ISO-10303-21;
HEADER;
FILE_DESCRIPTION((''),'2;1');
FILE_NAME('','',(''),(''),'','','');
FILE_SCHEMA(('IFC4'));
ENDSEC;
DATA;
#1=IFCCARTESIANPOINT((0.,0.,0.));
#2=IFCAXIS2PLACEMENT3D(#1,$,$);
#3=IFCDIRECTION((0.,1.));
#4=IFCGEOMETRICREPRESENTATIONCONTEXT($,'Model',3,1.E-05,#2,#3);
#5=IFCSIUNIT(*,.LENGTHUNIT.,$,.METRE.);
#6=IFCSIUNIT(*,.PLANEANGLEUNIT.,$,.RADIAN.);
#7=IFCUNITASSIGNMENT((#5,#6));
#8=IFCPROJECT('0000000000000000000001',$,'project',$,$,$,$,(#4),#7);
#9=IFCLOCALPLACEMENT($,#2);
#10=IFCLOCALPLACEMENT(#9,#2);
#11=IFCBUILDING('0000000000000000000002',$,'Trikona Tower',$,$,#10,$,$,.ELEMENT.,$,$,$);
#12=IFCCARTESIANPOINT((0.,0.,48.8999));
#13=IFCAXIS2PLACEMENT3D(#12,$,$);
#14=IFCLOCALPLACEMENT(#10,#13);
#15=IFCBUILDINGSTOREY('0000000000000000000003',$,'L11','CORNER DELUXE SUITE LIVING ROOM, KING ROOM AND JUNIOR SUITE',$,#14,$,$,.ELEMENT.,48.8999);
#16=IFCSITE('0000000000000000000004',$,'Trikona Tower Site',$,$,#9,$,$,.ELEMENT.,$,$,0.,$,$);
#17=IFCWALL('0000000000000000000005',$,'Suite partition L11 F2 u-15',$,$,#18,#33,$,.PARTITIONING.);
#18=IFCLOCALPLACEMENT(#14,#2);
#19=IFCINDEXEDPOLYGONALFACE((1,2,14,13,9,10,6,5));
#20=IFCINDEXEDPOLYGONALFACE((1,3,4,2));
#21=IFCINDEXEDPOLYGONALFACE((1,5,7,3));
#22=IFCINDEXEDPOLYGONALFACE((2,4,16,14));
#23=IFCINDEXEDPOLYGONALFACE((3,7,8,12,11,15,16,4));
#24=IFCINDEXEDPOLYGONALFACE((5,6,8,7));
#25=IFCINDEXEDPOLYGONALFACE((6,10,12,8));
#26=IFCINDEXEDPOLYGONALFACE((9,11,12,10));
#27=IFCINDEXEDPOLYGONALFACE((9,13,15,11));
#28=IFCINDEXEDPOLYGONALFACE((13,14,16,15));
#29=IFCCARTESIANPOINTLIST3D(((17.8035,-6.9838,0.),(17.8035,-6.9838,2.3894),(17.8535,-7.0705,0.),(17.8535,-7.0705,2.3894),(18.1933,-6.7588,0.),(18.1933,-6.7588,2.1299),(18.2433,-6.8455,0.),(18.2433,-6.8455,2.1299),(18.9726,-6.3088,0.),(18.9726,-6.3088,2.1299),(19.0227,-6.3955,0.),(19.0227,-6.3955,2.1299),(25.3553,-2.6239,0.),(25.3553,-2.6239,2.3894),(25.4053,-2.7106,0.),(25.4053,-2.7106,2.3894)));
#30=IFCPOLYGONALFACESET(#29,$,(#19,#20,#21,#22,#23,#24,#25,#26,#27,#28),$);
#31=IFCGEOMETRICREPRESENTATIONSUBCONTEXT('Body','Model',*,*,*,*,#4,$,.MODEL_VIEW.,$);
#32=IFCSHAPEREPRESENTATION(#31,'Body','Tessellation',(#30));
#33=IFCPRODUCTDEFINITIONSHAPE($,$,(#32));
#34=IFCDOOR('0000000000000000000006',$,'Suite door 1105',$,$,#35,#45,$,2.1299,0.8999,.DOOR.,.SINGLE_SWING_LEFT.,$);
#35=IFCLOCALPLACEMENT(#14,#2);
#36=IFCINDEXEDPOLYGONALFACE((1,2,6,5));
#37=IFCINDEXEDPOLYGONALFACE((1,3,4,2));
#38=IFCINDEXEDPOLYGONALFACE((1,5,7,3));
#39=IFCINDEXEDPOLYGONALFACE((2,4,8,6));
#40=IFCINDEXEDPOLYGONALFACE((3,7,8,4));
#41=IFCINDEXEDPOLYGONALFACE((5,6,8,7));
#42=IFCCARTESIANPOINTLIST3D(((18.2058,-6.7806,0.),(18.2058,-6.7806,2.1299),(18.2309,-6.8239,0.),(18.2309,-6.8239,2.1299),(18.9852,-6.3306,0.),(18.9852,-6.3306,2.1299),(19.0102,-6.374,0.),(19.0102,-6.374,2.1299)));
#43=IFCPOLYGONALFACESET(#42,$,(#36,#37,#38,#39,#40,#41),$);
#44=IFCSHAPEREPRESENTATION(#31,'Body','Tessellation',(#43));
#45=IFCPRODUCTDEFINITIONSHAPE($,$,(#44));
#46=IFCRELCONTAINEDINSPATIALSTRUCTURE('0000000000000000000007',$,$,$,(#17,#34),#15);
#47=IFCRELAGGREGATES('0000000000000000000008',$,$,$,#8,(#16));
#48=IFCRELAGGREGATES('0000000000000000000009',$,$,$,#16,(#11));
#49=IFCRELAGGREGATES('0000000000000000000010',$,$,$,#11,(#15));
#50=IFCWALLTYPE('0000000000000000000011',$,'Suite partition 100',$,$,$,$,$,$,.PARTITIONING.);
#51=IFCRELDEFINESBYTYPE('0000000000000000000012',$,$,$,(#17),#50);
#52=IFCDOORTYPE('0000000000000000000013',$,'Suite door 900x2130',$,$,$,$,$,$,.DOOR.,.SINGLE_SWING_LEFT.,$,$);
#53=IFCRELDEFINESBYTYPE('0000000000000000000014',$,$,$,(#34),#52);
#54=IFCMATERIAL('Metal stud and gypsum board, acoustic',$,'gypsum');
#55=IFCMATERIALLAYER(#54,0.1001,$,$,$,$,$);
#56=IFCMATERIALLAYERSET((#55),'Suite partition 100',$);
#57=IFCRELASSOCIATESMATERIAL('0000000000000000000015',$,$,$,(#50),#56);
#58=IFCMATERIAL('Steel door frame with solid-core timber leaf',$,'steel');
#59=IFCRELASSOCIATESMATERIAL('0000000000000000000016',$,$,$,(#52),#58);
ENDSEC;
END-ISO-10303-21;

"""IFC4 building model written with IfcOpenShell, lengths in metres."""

from ifc_helpers import new_model, si_unit, direction, frame, frame_2d, origin, place, context, subcontext, project, spatial, rectangle, extrude, material, layer, layer_set, type_object, element, fill, save


model = new_model("IFC4")

# Units and contexts
model_context = context("Model", 3, precision=1e-05, world=origin(), true_north=direction((0.0, 1.0)))
body_context = subcontext(model_context, "Body", "Model", "MODEL_VIEW")
ifc_project = project(units=[si_unit("LENGTHUNIT", "METRE"), si_unit("PLANEANGLEUNIT", "RADIAN")], contexts=[model_context])

# Site, building, storey
site_placement = place(None, origin())
site = spatial("IfcSite", under=ifc_project, at=site_placement, Name="Trikona Tower Site", CompositionType="ELEMENT", RefElevation=0.0)
building_placement = place(site_placement, origin())
building = spatial("IfcBuilding", under=site, at=building_placement, Name="Trikona Tower", CompositionType="ELEMENT")
storey_placement = place(building_placement, frame((0.0, 0.0, 48.8999)))
storey = spatial("IfcBuildingStorey", under=building, at=storey_placement, Name="L11", Description="CORNER DELUXE SUITE LIVING ROOM, KING ROOM AND JUNIOR SUITE", CompositionType="ELEMENT", Elevation=48.8999)

# Wall, opening, door
ifc_material_1 = material(Name="Metal stud and gypsum board, acoustic", Category="gypsum")
ifc_layer_1 = layer(ifc_material_1, 0.1001)
ifc_layer_set_1 = layer_set([ifc_layer_1], Name="Suite partition 100")
wall_type_1 = type_object("IfcWallType", Name="Suite partition 100", PredefinedType="PARTITIONING", material=ifc_layer_set_1)
wall_1_placement = place(storey_placement, frame((17.8286, -7.0271, 0.0), z_axis=(0.0, 0.0, 1.0), x_axis=(0.866033, 0.499987, 0.0)))
wall_1 = element("IfcWall", 1, at=wall_1_placement, inside=storey, type_object=wall_type_1, Name="Suite partition L11 F2 u-15", PredefinedType="PARTITIONING", context=body_context, shape_type="SweptSolid", body=[
    extrude(rectangle(XDim=8.72, YDim=0.1001, at=frame_2d((4.3599, 0.0))), origin(), (0.0, 0.0, 1.0), 2.3894),
])
opening_1_placement = place(wall_1_placement, frame((0.45, 0.0, 0.0)))
opening_1 = element("IfcOpeningElement", 2, at=opening_1_placement, cuts=wall_1, PredefinedType="OPENING", context=body_context, shape_type="SweptSolid", body=[
    extrude(rectangle(XDim=0.8999, YDim=2.1299, at=frame_2d((0.45, 1.0649))), frame((0.0, 0.0601, 0.0), z_axis=(0.0, -1.0, 0.0), x_axis=(1.0, 0.0, 0.0)), (0.0, 0.0, 1.0), 0.1201),
])
ifc_material_2 = material(Name="Steel door frame with solid-core timber leaf", Category="steel")
door_type_1 = type_object("IfcDoorType", Name="Suite door 900x2130", OperationType="SINGLE_SWING_LEFT", PredefinedType="DOOR", material=ifc_material_2)
door_1_placement = place(opening_1_placement, origin())
door_1 = element("IfcDoor", 3, at=door_1_placement, inside=storey, type_object=door_type_1, Name="Suite door 1105", OperationType="SINGLE_SWING_LEFT", OverallHeight=2.1299, OverallWidth=0.8999, PredefinedType="DOOR", context=body_context, shape_type="SweptSolid", body=[
    extrude(rectangle(XDim=0.8999, YDim=2.1299, at=frame_2d((0.45, 1.0649))), frame((0.0, 0.0249, 0.0), z_axis=(0.0, -1.0, 0.0), x_axis=(1.0, 0.0, 0.0)), (0.0, 0.0, 1.0), 0.05),
])
fill(opening_1, door_1)

save(model, "model.ifc")
